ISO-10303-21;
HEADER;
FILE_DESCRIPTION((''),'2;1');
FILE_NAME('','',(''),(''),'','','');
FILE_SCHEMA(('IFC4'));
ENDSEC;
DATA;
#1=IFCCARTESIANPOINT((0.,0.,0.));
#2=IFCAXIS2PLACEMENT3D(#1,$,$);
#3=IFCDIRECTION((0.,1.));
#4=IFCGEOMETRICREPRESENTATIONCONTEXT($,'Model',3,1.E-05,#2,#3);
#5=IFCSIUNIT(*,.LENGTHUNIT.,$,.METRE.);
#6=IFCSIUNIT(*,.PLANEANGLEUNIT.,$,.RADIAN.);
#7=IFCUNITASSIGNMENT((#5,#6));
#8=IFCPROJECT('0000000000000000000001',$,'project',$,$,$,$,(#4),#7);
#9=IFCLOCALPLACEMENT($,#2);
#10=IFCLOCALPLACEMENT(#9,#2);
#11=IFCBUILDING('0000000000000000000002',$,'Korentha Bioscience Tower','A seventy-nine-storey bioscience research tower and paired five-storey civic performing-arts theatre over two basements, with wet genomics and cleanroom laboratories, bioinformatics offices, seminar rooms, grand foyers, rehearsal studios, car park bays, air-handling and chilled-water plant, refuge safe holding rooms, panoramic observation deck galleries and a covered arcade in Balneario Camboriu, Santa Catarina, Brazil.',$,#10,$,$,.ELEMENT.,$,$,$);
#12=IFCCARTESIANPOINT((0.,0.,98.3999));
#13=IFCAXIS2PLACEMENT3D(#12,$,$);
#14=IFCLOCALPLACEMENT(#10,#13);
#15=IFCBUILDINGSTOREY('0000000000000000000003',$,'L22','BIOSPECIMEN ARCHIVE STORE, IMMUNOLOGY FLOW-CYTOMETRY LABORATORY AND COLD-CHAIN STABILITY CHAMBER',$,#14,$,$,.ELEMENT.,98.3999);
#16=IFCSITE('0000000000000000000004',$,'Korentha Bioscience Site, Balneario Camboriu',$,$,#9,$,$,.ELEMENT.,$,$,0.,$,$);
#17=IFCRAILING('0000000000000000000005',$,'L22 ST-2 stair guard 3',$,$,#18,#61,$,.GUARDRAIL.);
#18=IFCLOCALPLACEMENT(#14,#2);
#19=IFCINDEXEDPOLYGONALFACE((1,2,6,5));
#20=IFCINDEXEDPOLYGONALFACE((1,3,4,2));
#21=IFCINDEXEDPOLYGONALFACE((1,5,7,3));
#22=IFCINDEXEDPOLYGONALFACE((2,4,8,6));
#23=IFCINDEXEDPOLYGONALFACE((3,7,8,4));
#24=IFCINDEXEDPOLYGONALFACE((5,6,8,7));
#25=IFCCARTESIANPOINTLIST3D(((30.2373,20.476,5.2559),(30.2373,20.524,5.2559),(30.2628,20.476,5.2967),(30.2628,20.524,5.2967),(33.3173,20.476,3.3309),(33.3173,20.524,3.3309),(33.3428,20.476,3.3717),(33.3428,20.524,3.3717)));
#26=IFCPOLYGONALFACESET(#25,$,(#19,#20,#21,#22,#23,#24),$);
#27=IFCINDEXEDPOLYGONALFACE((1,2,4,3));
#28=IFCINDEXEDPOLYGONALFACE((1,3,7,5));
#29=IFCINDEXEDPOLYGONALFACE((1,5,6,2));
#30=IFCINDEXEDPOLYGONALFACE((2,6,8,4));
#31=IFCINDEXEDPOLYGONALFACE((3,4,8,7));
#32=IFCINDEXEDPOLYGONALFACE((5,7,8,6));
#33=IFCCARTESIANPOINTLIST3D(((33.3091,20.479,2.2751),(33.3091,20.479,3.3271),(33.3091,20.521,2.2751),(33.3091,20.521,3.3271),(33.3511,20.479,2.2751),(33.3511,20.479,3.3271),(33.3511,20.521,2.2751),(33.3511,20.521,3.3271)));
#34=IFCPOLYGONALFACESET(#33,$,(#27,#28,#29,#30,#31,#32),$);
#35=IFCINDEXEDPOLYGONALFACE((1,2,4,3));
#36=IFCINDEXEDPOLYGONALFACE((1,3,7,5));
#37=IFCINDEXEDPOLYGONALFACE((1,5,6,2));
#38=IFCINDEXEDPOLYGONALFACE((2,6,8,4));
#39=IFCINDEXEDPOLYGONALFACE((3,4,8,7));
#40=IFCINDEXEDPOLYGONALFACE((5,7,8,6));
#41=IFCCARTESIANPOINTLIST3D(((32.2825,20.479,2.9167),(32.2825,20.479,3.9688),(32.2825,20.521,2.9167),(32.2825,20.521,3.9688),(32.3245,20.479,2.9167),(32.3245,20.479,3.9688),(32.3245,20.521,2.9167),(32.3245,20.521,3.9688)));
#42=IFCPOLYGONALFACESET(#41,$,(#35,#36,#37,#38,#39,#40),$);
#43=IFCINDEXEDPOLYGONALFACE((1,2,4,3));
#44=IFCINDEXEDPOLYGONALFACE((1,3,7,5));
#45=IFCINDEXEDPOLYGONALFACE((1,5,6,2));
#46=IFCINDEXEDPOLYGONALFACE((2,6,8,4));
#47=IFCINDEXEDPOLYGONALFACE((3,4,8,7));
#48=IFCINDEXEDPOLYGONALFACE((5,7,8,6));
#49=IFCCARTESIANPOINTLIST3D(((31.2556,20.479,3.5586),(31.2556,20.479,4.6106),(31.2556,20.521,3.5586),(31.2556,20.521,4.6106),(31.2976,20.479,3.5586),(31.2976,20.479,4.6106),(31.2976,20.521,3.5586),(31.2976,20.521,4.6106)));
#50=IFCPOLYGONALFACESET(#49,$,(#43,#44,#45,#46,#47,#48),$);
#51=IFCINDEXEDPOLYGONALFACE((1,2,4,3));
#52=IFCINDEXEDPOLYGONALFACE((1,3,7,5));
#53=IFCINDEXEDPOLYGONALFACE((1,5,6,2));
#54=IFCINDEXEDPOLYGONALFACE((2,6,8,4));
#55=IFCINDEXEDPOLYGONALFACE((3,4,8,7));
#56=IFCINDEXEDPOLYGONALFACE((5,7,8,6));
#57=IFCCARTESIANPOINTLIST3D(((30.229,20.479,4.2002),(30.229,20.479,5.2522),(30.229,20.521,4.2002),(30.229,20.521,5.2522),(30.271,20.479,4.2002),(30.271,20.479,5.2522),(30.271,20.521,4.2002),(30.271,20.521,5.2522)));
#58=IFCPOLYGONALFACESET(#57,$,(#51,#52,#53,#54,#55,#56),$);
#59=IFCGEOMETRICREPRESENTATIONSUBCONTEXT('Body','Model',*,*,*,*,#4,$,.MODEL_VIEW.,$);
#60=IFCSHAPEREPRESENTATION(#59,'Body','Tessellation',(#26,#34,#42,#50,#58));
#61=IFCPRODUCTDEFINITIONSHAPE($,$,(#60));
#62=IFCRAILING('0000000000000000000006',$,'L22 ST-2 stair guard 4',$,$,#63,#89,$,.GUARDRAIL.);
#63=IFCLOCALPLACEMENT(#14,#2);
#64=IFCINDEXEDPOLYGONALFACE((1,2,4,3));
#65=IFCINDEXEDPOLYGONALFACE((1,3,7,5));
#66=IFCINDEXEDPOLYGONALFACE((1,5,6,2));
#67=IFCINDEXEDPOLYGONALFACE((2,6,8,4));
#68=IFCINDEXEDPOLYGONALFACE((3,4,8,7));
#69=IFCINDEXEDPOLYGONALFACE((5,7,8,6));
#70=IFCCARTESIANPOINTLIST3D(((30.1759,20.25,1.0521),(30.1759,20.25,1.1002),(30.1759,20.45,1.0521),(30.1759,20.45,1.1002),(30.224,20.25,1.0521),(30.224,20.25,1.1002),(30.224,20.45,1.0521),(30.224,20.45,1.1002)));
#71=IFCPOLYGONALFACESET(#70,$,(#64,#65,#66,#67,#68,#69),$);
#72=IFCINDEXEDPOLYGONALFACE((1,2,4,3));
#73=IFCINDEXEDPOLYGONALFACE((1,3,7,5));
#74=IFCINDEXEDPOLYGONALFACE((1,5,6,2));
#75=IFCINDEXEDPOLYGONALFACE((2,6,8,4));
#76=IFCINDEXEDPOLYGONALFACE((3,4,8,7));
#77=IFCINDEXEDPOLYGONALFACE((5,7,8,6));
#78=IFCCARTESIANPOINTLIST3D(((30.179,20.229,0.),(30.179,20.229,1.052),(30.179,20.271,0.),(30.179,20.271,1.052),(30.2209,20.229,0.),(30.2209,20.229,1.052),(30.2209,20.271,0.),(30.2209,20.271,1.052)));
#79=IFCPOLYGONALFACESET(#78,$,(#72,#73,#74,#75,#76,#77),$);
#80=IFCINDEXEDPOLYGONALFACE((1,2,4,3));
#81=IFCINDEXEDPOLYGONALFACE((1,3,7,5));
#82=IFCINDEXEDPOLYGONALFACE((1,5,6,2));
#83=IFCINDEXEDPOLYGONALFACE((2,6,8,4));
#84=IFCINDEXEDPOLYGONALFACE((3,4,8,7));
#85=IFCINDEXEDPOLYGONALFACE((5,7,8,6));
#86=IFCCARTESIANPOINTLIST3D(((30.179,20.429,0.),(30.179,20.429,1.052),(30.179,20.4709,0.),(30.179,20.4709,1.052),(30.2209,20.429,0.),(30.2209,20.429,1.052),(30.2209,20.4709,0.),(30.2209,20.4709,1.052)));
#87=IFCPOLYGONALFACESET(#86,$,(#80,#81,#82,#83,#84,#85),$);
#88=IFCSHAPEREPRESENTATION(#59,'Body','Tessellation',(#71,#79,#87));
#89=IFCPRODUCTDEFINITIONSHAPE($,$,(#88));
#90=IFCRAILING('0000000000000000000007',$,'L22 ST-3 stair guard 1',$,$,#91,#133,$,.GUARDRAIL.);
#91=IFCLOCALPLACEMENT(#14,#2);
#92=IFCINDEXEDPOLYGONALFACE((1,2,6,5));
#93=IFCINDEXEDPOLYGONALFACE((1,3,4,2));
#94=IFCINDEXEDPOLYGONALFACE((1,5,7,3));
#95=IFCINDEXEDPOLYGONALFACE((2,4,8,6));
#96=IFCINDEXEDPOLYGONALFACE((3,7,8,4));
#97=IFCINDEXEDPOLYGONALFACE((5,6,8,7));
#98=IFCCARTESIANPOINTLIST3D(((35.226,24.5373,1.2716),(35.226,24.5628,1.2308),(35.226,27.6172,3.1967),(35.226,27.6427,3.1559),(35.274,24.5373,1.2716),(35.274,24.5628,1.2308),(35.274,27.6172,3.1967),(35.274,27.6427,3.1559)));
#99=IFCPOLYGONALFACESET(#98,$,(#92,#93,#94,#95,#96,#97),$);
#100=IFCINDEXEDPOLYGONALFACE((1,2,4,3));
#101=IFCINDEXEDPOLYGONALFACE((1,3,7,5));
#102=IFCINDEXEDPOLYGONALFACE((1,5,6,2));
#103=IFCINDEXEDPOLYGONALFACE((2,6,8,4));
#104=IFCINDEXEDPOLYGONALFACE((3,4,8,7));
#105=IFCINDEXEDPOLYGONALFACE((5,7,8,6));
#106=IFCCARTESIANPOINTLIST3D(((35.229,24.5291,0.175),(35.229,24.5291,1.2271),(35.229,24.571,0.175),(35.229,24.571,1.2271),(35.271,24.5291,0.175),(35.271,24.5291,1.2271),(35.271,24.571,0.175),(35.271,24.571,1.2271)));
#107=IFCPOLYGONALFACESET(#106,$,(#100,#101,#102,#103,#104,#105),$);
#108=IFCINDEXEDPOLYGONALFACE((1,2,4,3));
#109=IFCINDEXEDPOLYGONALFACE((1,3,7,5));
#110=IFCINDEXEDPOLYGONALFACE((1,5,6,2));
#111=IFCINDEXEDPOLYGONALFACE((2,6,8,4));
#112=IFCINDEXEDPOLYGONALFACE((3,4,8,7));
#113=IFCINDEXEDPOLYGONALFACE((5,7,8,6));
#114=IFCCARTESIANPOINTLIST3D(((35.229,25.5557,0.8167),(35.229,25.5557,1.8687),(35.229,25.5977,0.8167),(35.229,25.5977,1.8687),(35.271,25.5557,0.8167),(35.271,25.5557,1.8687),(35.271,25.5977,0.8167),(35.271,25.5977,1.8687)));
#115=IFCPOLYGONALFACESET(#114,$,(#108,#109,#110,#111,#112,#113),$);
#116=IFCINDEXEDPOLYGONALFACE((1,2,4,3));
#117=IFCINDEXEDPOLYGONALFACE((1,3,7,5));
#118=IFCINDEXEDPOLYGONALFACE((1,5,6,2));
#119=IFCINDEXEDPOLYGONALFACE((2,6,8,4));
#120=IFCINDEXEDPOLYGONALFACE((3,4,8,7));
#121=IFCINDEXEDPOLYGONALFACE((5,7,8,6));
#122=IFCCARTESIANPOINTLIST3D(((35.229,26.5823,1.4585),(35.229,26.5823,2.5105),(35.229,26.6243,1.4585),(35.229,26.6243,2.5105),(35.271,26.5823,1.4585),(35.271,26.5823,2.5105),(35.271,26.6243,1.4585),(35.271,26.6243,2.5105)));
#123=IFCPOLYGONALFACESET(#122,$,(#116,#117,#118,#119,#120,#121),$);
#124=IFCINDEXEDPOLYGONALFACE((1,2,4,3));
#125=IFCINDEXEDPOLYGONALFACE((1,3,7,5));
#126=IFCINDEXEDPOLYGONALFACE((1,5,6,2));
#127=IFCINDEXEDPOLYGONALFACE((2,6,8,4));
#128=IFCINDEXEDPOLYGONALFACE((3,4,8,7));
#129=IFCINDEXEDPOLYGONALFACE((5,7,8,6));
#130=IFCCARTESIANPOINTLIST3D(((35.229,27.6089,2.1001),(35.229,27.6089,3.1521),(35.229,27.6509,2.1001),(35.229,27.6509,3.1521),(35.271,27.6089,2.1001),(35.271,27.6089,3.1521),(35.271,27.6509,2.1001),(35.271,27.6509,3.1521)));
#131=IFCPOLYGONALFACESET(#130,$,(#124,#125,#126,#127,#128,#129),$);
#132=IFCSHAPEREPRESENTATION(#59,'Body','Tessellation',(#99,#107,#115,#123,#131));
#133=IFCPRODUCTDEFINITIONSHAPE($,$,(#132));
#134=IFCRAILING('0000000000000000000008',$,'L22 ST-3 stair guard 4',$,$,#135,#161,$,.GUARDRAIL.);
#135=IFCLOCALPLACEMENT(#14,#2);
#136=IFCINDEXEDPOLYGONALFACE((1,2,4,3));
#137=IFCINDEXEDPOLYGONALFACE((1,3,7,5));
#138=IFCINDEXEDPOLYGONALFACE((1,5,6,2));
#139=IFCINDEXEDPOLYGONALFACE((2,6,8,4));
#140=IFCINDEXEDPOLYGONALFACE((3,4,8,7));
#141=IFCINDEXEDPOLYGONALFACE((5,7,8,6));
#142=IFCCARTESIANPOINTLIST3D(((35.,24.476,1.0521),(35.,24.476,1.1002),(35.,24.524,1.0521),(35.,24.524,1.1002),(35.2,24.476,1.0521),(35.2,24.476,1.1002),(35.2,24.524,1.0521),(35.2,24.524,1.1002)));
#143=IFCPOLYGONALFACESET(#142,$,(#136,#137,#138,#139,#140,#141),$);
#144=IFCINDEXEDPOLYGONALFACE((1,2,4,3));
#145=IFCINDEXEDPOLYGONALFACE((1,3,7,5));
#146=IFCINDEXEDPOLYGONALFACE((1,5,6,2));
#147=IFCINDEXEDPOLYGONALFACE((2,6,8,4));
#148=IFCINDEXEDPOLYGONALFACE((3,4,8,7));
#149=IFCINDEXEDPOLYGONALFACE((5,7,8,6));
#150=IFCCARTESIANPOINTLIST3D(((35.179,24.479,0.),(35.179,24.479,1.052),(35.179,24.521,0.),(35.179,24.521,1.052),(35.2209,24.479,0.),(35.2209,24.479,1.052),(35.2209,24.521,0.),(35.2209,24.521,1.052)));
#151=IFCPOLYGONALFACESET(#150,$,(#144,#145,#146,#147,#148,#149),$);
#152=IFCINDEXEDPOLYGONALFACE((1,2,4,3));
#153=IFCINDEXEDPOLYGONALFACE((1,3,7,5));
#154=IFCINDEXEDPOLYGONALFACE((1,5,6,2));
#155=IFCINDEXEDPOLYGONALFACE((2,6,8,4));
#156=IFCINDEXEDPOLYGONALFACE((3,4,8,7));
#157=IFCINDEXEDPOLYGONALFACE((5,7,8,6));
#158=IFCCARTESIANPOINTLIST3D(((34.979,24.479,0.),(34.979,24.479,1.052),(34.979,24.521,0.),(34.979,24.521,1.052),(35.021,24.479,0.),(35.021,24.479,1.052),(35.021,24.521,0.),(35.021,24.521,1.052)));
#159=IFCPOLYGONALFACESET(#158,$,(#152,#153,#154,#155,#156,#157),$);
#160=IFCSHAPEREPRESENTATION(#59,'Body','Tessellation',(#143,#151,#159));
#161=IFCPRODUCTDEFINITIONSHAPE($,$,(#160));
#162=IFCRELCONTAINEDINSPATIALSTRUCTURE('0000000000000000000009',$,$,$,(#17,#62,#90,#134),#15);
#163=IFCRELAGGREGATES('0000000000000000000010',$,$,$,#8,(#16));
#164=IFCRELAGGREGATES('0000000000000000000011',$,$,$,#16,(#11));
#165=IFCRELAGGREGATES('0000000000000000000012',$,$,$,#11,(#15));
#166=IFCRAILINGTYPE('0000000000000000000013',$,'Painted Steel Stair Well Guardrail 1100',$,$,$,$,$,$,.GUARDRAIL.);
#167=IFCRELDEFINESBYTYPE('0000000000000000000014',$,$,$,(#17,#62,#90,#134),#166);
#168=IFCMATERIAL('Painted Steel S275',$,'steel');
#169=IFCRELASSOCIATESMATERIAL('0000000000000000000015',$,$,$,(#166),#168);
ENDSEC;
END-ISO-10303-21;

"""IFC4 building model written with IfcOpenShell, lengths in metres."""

from ifc_helpers import new_model, si_unit, direction, frame, origin, origin_2d, place, context, subcontext, project, spatial, rectangle, extrude, material, type_object, element, save


model = new_model("IFC4")

# Units and contexts
model_context = context("Model", 3, precision=1e-05, world=origin(), true_north=direction((0.0, 1.0)))
body_context = subcontext(model_context, "Body", "Model", "MODEL_VIEW")
ifc_project = project(units=[si_unit("LENGTHUNIT", "METRE"), si_unit("PLANEANGLEUNIT", "RADIAN")], contexts=[model_context])

# Site, building, storey
site_placement = place(None, origin())
site = spatial("IfcSite", under=ifc_project, at=site_placement, Name="Korentha Bioscience Site, Balneario Camboriu", CompositionType="ELEMENT", RefElevation=0.0)
building_placement = place(site_placement, origin())
building = spatial("IfcBuilding", under=site, at=building_placement, Name="Korentha Bioscience Tower", Description="A seventy-nine-storey bioscience research tower and paired five-storey civic performing-arts theatre over two basements, with wet genomics and cleanroom laboratories, bioinformatics offices, seminar rooms, grand foyers, rehearsal studios, car park bays, air-handling and chilled-water plant, refuge safe holding rooms, panoramic observation deck galleries and a covered arcade in Balneario Camboriu, Santa Catarina, Brazil.", CompositionType="ELEMENT")
storey_placement = place(building_placement, frame((0.0, 0.0, 98.3999)))
storey = spatial("IfcBuildingStorey", under=building, at=storey_placement, Name="L22", Description="BIOSPECIMEN ARCHIVE STORE, IMMUNOLOGY FLOW-CYTOMETRY LABORATORY AND COLD-CHAIN STABILITY CHAMBER", CompositionType="ELEMENT", Elevation=98.3999)

# Railings
ifc_material_1 = material(Name="Painted Steel S275", Category="steel")
railing_type_1 = type_object("IfcRailingType", Name="Painted Steel Stair Well Guardrail 1100", PredefinedType="GUARDRAIL", material=ifc_material_1)
railing_1_placement = place(storey_placement, frame((33.3301, 20.5, 2.2751)))
element("IfcRailing", 1, at=railing_1_placement, inside=storey, type_object=railing_type_1, Name="L22 ST-2 stair guard 3", PredefinedType="GUARDRAIL", context=body_context, shape_type="SweptSolid", body=[
    extrude(rectangle(XDim=0.0481, YDim=0.0481, at=origin_2d()), frame((0.0, 0.0, 1.0762), z_axis=(-0.847998, 0.0, 0.529999), x_axis=(0.0, -1.0, 0.0)), (0.0, 0.0, 1.0), 3.6321),
    extrude(rectangle(XDim=0.042, YDim=0.042, at=origin_2d()), origin(), (0.0, 0.0, 1.0), 1.052),
    extrude(rectangle(XDim=0.042, YDim=0.042, at=origin_2d()), frame((-1.0266, 0.0, 0.6416)), (0.0, 0.0, 1.0), 1.052),
    extrude(rectangle(XDim=0.042, YDim=0.042, at=origin_2d()), frame((-2.0535, 0.0, 1.2834)), (0.0, 0.0, 1.0), 1.052),
    extrude(rectangle(XDim=0.042, YDim=0.042, at=origin_2d()), frame((-3.0801, 0.0, 1.925)), (0.0, 0.0, 1.0), 1.052),
])
railing_2_placement = place(storey_placement, frame((30.2, 20.25, 0.0)))
element("IfcRailing", 2, at=railing_2_placement, inside=storey, type_object=railing_type_1, Name="L22 ST-2 stair guard 4", PredefinedType="GUARDRAIL", context=body_context, shape_type="SweptSolid", body=[
    extrude(rectangle(XDim=0.0481, YDim=0.0481, at=origin_2d()), frame((0.0, 0.0, 1.0762), z_axis=(0.0, 1.0, 0.0), x_axis=(-1.0, 0.0, 0.0)), (0.0, 0.0, 1.0), 0.2),
    extrude(rectangle(XDim=0.042, YDim=0.042, at=origin_2d()), origin(), (0.0, 0.0, 1.0), 1.052),
    extrude(rectangle(XDim=0.042, YDim=0.042, at=origin_2d()), frame((0.0, 0.2, 0.0)), (0.0, 0.0, 1.0), 1.052),
])
railing_3_placement = place(storey_placement, frame((35.25, 24.55, 0.175)))
element("IfcRailing", 3, at=railing_3_placement, inside=storey, type_object=railing_type_1, Name="L22 ST-3 stair guard 1", PredefinedType="GUARDRAIL", context=body_context, shape_type="SweptSolid", body=[
    extrude(rectangle(XDim=0.0481, YDim=0.0481, at=origin_2d()), frame((0.0, 0.0, 1.0762), z_axis=(0.0, 0.847979, 0.530029), x_axis=(-1.0, 0.0, 0.0)), (0.0, 0.0, 1.0), 3.6321),
    extrude(rectangle(XDim=0.042, YDim=0.042, at=origin_2d()), origin(), (0.0, 0.0, 1.0), 1.052),
    extrude(rectangle(XDim=0.042, YDim=0.042, at=origin_2d()), frame((0.0, 1.0266, 0.6416)), (0.0, 0.0, 1.0), 1.052),
    extrude(rectangle(XDim=0.042, YDim=0.042, at=origin_2d()), frame((0.0, 2.0532, 1.2834)), (0.0, 0.0, 1.0), 1.052),
    extrude(rectangle(XDim=0.042, YDim=0.042, at=origin_2d()), frame((0.0, 3.0798, 1.925)), (0.0, 0.0, 1.0), 1.052),
])
railing_4_placement = place(storey_placement, frame((35.2, 24.5, 0.0)))
element("IfcRailing", 4, at=railing_4_placement, inside=storey, type_object=railing_type_1, Name="L22 ST-3 stair guard 4", PredefinedType="GUARDRAIL", context=body_context, shape_type="SweptSolid", body=[
    extrude(rectangle(XDim=0.0481, YDim=0.0481, at=origin_2d()), frame((0.0, 0.0, 1.0762), z_axis=(-1.0, 0.0, 0.0), x_axis=(0.0, -1.0, 0.0)), (0.0, 0.0, 1.0), 0.2),
    extrude(rectangle(XDim=0.042, YDim=0.042, at=origin_2d()), origin(), (0.0, 0.0, 1.0), 1.052),
    extrude(rectangle(XDim=0.042, YDim=0.042, at=origin_2d()), frame((-0.2, 0.0, 0.0)), (0.0, 0.0, 1.0), 1.052),
])

save(model, "model.ifc")
